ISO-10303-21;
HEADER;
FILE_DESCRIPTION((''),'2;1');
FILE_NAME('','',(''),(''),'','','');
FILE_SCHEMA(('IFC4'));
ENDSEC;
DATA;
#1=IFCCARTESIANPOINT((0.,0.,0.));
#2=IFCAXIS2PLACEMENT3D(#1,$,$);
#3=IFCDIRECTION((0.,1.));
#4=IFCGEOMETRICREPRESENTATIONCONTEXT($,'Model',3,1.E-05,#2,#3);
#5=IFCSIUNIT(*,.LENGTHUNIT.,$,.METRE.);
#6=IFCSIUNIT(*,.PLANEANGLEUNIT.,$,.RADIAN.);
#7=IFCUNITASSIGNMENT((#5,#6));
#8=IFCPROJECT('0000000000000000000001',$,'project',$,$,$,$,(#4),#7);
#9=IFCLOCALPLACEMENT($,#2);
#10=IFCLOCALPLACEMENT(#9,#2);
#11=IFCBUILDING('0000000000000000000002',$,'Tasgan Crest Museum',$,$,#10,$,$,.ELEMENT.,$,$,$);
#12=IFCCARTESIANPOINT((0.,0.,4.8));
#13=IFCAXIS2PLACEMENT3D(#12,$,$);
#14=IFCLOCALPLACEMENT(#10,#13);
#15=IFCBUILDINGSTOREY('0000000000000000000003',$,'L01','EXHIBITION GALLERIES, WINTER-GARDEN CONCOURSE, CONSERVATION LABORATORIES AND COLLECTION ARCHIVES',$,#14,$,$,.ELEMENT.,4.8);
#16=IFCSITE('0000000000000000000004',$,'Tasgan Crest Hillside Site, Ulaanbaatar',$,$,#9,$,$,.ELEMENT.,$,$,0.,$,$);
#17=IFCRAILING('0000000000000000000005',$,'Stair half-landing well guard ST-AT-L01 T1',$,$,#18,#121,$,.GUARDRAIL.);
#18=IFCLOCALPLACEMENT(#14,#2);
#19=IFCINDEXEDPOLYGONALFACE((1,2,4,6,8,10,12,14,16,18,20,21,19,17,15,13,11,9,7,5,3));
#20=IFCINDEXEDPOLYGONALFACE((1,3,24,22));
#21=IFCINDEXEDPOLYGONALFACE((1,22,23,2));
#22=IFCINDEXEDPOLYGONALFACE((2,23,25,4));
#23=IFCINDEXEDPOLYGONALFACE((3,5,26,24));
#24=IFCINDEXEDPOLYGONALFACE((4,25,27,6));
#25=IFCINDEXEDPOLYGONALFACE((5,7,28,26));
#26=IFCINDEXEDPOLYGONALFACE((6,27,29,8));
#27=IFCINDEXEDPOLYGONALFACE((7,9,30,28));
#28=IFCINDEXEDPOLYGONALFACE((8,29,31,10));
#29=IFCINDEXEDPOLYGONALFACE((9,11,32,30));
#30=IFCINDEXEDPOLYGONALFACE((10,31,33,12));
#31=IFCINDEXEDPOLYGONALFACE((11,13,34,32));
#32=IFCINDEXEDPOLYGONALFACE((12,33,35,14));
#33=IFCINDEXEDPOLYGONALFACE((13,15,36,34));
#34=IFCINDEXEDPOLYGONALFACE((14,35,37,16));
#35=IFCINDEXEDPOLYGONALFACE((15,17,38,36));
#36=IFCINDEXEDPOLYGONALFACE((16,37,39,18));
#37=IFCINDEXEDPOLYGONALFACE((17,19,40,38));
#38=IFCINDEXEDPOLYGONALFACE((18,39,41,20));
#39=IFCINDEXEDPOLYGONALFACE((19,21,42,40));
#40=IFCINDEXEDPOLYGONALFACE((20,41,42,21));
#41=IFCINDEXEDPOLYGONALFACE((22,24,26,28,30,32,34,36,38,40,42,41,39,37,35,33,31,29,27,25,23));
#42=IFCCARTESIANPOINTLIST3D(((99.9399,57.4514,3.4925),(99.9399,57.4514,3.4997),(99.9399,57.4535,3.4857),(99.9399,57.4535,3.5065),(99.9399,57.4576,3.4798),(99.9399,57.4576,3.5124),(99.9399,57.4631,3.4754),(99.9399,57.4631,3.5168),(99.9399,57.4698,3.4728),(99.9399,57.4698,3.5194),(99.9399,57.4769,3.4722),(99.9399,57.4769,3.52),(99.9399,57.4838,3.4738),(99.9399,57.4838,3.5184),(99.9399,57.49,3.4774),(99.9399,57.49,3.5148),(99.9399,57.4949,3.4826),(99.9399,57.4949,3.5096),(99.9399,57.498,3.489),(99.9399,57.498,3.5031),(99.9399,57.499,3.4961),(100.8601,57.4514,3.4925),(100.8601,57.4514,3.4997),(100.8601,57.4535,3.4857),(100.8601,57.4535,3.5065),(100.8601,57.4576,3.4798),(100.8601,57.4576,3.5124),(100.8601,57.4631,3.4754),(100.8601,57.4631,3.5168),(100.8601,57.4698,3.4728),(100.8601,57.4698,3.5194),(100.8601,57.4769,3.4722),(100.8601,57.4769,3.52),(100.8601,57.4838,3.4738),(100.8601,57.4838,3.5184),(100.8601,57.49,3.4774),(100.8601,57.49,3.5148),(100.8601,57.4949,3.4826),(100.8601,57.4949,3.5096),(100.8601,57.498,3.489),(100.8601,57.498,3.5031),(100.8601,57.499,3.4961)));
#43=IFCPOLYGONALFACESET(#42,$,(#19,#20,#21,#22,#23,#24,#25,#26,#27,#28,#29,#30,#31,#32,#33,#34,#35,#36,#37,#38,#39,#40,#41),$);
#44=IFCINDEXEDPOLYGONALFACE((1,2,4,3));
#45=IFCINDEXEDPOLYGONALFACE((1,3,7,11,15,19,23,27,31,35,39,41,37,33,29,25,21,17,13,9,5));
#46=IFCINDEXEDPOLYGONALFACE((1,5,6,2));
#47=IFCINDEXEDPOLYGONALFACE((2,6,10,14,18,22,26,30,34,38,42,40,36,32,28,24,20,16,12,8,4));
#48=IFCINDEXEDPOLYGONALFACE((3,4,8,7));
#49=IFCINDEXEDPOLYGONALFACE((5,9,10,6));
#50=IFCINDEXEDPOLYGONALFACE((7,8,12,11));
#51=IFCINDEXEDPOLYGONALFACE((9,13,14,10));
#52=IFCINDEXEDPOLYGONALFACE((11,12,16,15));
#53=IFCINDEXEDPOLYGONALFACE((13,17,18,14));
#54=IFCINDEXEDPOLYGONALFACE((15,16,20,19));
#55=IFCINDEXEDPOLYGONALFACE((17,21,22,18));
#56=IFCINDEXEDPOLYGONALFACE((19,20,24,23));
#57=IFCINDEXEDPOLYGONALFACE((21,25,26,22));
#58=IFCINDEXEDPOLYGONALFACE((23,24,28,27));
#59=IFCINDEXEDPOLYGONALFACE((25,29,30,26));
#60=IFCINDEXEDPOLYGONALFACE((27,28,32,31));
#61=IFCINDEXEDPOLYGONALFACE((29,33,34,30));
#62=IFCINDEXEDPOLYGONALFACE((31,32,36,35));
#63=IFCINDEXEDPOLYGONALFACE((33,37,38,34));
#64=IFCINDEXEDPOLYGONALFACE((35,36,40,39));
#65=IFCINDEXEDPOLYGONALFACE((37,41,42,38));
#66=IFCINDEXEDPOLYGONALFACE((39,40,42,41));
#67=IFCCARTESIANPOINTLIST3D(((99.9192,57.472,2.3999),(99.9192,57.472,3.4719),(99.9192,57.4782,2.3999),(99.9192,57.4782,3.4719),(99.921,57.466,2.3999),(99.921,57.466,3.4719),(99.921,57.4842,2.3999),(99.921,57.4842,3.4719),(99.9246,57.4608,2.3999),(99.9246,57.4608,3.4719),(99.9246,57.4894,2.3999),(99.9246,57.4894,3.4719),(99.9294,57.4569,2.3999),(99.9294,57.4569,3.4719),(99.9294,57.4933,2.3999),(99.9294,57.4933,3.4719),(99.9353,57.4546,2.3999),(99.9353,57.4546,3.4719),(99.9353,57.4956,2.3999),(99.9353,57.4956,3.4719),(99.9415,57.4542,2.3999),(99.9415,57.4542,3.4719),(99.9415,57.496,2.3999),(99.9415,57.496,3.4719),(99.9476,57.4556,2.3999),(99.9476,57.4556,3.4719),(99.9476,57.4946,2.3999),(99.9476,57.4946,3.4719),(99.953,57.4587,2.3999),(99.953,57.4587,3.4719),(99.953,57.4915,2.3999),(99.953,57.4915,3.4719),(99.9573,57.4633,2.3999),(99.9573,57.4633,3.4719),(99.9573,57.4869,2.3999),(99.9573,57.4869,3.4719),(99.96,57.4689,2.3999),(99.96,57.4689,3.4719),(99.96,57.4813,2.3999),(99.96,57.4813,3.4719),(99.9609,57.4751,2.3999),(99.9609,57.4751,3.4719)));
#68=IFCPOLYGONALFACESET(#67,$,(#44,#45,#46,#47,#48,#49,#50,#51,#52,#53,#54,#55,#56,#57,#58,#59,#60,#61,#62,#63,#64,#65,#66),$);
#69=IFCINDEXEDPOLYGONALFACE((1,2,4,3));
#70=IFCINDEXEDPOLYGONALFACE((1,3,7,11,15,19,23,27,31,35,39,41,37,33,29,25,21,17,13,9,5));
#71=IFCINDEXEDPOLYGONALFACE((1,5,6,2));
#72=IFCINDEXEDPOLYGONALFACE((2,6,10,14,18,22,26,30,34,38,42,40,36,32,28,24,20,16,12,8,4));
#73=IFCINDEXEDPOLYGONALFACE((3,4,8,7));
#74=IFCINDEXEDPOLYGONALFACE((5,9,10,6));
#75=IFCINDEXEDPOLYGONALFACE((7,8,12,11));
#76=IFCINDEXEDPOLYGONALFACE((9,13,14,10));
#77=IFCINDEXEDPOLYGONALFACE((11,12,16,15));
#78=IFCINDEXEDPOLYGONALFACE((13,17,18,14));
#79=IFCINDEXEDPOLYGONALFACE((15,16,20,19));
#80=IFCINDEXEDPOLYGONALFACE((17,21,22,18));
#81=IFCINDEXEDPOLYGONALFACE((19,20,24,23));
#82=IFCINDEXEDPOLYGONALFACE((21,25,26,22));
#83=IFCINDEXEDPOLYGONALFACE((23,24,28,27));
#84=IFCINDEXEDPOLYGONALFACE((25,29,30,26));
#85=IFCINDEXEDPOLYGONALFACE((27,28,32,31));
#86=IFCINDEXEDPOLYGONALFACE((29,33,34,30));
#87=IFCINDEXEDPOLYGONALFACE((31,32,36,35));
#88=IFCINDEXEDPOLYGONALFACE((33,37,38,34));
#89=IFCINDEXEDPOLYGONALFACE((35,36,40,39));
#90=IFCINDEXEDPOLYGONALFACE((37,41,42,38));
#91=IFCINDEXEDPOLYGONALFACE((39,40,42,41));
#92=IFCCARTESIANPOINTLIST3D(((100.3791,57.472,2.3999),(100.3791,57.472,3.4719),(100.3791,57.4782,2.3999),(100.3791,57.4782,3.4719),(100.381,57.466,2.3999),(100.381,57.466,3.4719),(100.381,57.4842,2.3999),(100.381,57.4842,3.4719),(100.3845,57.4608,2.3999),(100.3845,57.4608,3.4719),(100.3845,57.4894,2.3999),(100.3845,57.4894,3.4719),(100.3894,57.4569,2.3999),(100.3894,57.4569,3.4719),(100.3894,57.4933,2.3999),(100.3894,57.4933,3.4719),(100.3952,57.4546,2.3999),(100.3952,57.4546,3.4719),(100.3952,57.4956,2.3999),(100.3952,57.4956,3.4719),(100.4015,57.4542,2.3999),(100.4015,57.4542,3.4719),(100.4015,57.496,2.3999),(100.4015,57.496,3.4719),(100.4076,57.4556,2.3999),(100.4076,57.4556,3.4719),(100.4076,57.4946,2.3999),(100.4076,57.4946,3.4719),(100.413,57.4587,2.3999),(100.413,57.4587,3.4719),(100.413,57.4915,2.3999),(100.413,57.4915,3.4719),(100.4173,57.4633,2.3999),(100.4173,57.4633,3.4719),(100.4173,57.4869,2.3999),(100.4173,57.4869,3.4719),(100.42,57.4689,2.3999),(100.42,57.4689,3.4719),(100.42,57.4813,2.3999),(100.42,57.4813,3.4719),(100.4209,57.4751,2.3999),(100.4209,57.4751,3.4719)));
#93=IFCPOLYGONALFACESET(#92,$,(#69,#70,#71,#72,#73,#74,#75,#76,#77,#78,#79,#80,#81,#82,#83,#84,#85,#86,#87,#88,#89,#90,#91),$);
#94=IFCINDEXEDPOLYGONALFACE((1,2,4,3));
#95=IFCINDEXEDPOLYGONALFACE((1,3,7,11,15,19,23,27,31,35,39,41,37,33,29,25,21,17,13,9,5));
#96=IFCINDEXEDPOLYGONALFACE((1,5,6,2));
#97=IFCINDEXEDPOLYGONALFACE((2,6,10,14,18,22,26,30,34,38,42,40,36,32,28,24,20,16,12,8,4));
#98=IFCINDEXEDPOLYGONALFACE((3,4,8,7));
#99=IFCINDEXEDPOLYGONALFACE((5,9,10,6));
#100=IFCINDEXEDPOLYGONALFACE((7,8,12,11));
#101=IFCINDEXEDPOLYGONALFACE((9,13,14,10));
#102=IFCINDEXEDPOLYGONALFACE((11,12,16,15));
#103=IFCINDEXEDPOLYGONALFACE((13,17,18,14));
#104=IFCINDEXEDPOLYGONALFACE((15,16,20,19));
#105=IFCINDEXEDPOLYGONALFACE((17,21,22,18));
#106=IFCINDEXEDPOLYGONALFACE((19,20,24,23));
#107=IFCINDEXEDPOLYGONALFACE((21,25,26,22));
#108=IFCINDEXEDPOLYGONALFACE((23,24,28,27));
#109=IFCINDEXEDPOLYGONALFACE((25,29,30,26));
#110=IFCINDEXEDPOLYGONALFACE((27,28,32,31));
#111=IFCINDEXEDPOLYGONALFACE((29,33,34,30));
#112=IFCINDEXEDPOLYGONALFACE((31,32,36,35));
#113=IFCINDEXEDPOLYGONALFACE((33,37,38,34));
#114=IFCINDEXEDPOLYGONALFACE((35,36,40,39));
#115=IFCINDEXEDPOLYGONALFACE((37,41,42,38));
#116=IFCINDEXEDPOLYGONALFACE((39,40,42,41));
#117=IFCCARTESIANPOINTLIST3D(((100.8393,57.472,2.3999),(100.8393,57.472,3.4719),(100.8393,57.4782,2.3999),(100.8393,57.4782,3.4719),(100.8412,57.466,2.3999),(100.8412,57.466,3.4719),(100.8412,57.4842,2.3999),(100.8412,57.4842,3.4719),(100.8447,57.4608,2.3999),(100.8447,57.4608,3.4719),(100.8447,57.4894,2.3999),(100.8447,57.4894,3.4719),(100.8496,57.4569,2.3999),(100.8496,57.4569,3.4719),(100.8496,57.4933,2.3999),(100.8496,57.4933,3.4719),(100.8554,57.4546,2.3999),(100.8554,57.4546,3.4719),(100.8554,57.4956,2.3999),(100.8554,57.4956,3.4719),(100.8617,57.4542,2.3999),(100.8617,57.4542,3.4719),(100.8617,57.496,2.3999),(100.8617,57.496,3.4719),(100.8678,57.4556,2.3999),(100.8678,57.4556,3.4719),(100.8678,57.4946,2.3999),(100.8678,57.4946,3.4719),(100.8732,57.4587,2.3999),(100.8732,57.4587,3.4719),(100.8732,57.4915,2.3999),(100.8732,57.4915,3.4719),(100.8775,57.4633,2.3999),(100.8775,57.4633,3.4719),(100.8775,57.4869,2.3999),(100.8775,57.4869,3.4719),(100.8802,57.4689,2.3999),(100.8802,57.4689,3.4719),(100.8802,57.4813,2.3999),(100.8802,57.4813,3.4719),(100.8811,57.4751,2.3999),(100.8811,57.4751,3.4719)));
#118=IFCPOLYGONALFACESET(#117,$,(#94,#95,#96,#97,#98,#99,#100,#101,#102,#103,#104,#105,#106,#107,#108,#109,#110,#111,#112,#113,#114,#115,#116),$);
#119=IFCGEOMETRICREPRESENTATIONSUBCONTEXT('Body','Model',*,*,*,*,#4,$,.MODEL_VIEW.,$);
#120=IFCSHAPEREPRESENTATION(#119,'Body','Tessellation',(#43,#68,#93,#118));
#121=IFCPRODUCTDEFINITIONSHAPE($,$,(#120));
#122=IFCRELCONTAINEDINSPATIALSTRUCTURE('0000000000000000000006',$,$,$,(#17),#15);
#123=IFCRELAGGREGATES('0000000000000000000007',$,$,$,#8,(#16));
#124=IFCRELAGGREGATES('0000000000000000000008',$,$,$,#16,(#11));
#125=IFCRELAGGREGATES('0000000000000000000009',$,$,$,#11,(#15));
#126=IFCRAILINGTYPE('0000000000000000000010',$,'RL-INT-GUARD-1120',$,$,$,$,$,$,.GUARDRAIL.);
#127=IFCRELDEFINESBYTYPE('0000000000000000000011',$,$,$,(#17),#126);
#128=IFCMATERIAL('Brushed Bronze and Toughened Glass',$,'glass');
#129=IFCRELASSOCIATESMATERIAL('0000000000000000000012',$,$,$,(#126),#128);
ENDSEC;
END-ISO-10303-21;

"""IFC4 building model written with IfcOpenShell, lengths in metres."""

from ifc_helpers import new_model, si_unit, direction, frame, origin, origin_2d, place, context, subcontext, project, spatial, circle, extrude, material, type_object, element, save


model = new_model("IFC4")

# Units and contexts
model_context = context("Model", 3, precision=1e-05, world=origin(), true_north=direction((0.0, 1.0)))
body_context = subcontext(model_context, "Body", "Model", "MODEL_VIEW")
ifc_project = project(units=[si_unit("LENGTHUNIT", "METRE"), si_unit("PLANEANGLEUNIT", "RADIAN")], contexts=[model_context])

# Site, building, storey
site_placement = place(None, origin())
site = spatial("IfcSite", under=ifc_project, at=site_placement, Name="Tasgan Crest Hillside Site, Ulaanbaatar", CompositionType="ELEMENT", RefElevation=0.0)
building_placement = place(site_placement, origin())
building = spatial("IfcBuilding", under=site, at=building_placement, Name="Tasgan Crest Museum", CompositionType="ELEMENT")
storey_placement = place(building_placement, frame((0.0, 0.0, 4.8)))
storey = spatial("IfcBuildingStorey", under=building, at=storey_placement, Name="L01", Description="EXHIBITION GALLERIES, WINTER-GARDEN CONCOURSE, CONSERVATION LABORATORIES AND COLLECTION ARCHIVES", CompositionType="ELEMENT", Elevation=4.8)

# Railing
ifc_material_1 = material(Name="Brushed Bronze and Toughened Glass", Category="glass")
railing_type_1 = type_object("IfcRailingType", Name="RL-INT-GUARD-1120", PredefinedType="GUARDRAIL", material=ifc_material_1)
railing_1_placement = place(storey_placement, frame((99.9399, 57.4751, 2.3999)))
element("IfcRailing", 1, at=railing_1_placement, inside=storey, type_object=railing_type_1, Name="Stair half-landing well guard ST-AT-L01 T1", PredefinedType="GUARDRAIL", context=body_context, shape_type="SweptSolid", body=[
    extrude(circle(Radius=0.0239, at=origin_2d()), frame((0.0, 0.0, 1.0962), z_axis=(1.0, 0.0, 0.0), x_axis=(0.0, 1.0, 0.0)), (0.0, 0.0, 1.0), 0.9202),
    extrude(circle(Radius=0.021, at=origin_2d()), origin(), (0.0, 0.0, 1.0), 1.072),
    extrude(circle(Radius=0.021, at=origin_2d()), frame((0.46, 0.0, 0.0)), (0.0, 0.0, 1.0), 1.072),
    extrude(circle(Radius=0.021, at=origin_2d()), frame((0.9202, 0.0, 0.0)), (0.0, 0.0, 1.0), 1.072),
])

save(model, "model.ifc")
